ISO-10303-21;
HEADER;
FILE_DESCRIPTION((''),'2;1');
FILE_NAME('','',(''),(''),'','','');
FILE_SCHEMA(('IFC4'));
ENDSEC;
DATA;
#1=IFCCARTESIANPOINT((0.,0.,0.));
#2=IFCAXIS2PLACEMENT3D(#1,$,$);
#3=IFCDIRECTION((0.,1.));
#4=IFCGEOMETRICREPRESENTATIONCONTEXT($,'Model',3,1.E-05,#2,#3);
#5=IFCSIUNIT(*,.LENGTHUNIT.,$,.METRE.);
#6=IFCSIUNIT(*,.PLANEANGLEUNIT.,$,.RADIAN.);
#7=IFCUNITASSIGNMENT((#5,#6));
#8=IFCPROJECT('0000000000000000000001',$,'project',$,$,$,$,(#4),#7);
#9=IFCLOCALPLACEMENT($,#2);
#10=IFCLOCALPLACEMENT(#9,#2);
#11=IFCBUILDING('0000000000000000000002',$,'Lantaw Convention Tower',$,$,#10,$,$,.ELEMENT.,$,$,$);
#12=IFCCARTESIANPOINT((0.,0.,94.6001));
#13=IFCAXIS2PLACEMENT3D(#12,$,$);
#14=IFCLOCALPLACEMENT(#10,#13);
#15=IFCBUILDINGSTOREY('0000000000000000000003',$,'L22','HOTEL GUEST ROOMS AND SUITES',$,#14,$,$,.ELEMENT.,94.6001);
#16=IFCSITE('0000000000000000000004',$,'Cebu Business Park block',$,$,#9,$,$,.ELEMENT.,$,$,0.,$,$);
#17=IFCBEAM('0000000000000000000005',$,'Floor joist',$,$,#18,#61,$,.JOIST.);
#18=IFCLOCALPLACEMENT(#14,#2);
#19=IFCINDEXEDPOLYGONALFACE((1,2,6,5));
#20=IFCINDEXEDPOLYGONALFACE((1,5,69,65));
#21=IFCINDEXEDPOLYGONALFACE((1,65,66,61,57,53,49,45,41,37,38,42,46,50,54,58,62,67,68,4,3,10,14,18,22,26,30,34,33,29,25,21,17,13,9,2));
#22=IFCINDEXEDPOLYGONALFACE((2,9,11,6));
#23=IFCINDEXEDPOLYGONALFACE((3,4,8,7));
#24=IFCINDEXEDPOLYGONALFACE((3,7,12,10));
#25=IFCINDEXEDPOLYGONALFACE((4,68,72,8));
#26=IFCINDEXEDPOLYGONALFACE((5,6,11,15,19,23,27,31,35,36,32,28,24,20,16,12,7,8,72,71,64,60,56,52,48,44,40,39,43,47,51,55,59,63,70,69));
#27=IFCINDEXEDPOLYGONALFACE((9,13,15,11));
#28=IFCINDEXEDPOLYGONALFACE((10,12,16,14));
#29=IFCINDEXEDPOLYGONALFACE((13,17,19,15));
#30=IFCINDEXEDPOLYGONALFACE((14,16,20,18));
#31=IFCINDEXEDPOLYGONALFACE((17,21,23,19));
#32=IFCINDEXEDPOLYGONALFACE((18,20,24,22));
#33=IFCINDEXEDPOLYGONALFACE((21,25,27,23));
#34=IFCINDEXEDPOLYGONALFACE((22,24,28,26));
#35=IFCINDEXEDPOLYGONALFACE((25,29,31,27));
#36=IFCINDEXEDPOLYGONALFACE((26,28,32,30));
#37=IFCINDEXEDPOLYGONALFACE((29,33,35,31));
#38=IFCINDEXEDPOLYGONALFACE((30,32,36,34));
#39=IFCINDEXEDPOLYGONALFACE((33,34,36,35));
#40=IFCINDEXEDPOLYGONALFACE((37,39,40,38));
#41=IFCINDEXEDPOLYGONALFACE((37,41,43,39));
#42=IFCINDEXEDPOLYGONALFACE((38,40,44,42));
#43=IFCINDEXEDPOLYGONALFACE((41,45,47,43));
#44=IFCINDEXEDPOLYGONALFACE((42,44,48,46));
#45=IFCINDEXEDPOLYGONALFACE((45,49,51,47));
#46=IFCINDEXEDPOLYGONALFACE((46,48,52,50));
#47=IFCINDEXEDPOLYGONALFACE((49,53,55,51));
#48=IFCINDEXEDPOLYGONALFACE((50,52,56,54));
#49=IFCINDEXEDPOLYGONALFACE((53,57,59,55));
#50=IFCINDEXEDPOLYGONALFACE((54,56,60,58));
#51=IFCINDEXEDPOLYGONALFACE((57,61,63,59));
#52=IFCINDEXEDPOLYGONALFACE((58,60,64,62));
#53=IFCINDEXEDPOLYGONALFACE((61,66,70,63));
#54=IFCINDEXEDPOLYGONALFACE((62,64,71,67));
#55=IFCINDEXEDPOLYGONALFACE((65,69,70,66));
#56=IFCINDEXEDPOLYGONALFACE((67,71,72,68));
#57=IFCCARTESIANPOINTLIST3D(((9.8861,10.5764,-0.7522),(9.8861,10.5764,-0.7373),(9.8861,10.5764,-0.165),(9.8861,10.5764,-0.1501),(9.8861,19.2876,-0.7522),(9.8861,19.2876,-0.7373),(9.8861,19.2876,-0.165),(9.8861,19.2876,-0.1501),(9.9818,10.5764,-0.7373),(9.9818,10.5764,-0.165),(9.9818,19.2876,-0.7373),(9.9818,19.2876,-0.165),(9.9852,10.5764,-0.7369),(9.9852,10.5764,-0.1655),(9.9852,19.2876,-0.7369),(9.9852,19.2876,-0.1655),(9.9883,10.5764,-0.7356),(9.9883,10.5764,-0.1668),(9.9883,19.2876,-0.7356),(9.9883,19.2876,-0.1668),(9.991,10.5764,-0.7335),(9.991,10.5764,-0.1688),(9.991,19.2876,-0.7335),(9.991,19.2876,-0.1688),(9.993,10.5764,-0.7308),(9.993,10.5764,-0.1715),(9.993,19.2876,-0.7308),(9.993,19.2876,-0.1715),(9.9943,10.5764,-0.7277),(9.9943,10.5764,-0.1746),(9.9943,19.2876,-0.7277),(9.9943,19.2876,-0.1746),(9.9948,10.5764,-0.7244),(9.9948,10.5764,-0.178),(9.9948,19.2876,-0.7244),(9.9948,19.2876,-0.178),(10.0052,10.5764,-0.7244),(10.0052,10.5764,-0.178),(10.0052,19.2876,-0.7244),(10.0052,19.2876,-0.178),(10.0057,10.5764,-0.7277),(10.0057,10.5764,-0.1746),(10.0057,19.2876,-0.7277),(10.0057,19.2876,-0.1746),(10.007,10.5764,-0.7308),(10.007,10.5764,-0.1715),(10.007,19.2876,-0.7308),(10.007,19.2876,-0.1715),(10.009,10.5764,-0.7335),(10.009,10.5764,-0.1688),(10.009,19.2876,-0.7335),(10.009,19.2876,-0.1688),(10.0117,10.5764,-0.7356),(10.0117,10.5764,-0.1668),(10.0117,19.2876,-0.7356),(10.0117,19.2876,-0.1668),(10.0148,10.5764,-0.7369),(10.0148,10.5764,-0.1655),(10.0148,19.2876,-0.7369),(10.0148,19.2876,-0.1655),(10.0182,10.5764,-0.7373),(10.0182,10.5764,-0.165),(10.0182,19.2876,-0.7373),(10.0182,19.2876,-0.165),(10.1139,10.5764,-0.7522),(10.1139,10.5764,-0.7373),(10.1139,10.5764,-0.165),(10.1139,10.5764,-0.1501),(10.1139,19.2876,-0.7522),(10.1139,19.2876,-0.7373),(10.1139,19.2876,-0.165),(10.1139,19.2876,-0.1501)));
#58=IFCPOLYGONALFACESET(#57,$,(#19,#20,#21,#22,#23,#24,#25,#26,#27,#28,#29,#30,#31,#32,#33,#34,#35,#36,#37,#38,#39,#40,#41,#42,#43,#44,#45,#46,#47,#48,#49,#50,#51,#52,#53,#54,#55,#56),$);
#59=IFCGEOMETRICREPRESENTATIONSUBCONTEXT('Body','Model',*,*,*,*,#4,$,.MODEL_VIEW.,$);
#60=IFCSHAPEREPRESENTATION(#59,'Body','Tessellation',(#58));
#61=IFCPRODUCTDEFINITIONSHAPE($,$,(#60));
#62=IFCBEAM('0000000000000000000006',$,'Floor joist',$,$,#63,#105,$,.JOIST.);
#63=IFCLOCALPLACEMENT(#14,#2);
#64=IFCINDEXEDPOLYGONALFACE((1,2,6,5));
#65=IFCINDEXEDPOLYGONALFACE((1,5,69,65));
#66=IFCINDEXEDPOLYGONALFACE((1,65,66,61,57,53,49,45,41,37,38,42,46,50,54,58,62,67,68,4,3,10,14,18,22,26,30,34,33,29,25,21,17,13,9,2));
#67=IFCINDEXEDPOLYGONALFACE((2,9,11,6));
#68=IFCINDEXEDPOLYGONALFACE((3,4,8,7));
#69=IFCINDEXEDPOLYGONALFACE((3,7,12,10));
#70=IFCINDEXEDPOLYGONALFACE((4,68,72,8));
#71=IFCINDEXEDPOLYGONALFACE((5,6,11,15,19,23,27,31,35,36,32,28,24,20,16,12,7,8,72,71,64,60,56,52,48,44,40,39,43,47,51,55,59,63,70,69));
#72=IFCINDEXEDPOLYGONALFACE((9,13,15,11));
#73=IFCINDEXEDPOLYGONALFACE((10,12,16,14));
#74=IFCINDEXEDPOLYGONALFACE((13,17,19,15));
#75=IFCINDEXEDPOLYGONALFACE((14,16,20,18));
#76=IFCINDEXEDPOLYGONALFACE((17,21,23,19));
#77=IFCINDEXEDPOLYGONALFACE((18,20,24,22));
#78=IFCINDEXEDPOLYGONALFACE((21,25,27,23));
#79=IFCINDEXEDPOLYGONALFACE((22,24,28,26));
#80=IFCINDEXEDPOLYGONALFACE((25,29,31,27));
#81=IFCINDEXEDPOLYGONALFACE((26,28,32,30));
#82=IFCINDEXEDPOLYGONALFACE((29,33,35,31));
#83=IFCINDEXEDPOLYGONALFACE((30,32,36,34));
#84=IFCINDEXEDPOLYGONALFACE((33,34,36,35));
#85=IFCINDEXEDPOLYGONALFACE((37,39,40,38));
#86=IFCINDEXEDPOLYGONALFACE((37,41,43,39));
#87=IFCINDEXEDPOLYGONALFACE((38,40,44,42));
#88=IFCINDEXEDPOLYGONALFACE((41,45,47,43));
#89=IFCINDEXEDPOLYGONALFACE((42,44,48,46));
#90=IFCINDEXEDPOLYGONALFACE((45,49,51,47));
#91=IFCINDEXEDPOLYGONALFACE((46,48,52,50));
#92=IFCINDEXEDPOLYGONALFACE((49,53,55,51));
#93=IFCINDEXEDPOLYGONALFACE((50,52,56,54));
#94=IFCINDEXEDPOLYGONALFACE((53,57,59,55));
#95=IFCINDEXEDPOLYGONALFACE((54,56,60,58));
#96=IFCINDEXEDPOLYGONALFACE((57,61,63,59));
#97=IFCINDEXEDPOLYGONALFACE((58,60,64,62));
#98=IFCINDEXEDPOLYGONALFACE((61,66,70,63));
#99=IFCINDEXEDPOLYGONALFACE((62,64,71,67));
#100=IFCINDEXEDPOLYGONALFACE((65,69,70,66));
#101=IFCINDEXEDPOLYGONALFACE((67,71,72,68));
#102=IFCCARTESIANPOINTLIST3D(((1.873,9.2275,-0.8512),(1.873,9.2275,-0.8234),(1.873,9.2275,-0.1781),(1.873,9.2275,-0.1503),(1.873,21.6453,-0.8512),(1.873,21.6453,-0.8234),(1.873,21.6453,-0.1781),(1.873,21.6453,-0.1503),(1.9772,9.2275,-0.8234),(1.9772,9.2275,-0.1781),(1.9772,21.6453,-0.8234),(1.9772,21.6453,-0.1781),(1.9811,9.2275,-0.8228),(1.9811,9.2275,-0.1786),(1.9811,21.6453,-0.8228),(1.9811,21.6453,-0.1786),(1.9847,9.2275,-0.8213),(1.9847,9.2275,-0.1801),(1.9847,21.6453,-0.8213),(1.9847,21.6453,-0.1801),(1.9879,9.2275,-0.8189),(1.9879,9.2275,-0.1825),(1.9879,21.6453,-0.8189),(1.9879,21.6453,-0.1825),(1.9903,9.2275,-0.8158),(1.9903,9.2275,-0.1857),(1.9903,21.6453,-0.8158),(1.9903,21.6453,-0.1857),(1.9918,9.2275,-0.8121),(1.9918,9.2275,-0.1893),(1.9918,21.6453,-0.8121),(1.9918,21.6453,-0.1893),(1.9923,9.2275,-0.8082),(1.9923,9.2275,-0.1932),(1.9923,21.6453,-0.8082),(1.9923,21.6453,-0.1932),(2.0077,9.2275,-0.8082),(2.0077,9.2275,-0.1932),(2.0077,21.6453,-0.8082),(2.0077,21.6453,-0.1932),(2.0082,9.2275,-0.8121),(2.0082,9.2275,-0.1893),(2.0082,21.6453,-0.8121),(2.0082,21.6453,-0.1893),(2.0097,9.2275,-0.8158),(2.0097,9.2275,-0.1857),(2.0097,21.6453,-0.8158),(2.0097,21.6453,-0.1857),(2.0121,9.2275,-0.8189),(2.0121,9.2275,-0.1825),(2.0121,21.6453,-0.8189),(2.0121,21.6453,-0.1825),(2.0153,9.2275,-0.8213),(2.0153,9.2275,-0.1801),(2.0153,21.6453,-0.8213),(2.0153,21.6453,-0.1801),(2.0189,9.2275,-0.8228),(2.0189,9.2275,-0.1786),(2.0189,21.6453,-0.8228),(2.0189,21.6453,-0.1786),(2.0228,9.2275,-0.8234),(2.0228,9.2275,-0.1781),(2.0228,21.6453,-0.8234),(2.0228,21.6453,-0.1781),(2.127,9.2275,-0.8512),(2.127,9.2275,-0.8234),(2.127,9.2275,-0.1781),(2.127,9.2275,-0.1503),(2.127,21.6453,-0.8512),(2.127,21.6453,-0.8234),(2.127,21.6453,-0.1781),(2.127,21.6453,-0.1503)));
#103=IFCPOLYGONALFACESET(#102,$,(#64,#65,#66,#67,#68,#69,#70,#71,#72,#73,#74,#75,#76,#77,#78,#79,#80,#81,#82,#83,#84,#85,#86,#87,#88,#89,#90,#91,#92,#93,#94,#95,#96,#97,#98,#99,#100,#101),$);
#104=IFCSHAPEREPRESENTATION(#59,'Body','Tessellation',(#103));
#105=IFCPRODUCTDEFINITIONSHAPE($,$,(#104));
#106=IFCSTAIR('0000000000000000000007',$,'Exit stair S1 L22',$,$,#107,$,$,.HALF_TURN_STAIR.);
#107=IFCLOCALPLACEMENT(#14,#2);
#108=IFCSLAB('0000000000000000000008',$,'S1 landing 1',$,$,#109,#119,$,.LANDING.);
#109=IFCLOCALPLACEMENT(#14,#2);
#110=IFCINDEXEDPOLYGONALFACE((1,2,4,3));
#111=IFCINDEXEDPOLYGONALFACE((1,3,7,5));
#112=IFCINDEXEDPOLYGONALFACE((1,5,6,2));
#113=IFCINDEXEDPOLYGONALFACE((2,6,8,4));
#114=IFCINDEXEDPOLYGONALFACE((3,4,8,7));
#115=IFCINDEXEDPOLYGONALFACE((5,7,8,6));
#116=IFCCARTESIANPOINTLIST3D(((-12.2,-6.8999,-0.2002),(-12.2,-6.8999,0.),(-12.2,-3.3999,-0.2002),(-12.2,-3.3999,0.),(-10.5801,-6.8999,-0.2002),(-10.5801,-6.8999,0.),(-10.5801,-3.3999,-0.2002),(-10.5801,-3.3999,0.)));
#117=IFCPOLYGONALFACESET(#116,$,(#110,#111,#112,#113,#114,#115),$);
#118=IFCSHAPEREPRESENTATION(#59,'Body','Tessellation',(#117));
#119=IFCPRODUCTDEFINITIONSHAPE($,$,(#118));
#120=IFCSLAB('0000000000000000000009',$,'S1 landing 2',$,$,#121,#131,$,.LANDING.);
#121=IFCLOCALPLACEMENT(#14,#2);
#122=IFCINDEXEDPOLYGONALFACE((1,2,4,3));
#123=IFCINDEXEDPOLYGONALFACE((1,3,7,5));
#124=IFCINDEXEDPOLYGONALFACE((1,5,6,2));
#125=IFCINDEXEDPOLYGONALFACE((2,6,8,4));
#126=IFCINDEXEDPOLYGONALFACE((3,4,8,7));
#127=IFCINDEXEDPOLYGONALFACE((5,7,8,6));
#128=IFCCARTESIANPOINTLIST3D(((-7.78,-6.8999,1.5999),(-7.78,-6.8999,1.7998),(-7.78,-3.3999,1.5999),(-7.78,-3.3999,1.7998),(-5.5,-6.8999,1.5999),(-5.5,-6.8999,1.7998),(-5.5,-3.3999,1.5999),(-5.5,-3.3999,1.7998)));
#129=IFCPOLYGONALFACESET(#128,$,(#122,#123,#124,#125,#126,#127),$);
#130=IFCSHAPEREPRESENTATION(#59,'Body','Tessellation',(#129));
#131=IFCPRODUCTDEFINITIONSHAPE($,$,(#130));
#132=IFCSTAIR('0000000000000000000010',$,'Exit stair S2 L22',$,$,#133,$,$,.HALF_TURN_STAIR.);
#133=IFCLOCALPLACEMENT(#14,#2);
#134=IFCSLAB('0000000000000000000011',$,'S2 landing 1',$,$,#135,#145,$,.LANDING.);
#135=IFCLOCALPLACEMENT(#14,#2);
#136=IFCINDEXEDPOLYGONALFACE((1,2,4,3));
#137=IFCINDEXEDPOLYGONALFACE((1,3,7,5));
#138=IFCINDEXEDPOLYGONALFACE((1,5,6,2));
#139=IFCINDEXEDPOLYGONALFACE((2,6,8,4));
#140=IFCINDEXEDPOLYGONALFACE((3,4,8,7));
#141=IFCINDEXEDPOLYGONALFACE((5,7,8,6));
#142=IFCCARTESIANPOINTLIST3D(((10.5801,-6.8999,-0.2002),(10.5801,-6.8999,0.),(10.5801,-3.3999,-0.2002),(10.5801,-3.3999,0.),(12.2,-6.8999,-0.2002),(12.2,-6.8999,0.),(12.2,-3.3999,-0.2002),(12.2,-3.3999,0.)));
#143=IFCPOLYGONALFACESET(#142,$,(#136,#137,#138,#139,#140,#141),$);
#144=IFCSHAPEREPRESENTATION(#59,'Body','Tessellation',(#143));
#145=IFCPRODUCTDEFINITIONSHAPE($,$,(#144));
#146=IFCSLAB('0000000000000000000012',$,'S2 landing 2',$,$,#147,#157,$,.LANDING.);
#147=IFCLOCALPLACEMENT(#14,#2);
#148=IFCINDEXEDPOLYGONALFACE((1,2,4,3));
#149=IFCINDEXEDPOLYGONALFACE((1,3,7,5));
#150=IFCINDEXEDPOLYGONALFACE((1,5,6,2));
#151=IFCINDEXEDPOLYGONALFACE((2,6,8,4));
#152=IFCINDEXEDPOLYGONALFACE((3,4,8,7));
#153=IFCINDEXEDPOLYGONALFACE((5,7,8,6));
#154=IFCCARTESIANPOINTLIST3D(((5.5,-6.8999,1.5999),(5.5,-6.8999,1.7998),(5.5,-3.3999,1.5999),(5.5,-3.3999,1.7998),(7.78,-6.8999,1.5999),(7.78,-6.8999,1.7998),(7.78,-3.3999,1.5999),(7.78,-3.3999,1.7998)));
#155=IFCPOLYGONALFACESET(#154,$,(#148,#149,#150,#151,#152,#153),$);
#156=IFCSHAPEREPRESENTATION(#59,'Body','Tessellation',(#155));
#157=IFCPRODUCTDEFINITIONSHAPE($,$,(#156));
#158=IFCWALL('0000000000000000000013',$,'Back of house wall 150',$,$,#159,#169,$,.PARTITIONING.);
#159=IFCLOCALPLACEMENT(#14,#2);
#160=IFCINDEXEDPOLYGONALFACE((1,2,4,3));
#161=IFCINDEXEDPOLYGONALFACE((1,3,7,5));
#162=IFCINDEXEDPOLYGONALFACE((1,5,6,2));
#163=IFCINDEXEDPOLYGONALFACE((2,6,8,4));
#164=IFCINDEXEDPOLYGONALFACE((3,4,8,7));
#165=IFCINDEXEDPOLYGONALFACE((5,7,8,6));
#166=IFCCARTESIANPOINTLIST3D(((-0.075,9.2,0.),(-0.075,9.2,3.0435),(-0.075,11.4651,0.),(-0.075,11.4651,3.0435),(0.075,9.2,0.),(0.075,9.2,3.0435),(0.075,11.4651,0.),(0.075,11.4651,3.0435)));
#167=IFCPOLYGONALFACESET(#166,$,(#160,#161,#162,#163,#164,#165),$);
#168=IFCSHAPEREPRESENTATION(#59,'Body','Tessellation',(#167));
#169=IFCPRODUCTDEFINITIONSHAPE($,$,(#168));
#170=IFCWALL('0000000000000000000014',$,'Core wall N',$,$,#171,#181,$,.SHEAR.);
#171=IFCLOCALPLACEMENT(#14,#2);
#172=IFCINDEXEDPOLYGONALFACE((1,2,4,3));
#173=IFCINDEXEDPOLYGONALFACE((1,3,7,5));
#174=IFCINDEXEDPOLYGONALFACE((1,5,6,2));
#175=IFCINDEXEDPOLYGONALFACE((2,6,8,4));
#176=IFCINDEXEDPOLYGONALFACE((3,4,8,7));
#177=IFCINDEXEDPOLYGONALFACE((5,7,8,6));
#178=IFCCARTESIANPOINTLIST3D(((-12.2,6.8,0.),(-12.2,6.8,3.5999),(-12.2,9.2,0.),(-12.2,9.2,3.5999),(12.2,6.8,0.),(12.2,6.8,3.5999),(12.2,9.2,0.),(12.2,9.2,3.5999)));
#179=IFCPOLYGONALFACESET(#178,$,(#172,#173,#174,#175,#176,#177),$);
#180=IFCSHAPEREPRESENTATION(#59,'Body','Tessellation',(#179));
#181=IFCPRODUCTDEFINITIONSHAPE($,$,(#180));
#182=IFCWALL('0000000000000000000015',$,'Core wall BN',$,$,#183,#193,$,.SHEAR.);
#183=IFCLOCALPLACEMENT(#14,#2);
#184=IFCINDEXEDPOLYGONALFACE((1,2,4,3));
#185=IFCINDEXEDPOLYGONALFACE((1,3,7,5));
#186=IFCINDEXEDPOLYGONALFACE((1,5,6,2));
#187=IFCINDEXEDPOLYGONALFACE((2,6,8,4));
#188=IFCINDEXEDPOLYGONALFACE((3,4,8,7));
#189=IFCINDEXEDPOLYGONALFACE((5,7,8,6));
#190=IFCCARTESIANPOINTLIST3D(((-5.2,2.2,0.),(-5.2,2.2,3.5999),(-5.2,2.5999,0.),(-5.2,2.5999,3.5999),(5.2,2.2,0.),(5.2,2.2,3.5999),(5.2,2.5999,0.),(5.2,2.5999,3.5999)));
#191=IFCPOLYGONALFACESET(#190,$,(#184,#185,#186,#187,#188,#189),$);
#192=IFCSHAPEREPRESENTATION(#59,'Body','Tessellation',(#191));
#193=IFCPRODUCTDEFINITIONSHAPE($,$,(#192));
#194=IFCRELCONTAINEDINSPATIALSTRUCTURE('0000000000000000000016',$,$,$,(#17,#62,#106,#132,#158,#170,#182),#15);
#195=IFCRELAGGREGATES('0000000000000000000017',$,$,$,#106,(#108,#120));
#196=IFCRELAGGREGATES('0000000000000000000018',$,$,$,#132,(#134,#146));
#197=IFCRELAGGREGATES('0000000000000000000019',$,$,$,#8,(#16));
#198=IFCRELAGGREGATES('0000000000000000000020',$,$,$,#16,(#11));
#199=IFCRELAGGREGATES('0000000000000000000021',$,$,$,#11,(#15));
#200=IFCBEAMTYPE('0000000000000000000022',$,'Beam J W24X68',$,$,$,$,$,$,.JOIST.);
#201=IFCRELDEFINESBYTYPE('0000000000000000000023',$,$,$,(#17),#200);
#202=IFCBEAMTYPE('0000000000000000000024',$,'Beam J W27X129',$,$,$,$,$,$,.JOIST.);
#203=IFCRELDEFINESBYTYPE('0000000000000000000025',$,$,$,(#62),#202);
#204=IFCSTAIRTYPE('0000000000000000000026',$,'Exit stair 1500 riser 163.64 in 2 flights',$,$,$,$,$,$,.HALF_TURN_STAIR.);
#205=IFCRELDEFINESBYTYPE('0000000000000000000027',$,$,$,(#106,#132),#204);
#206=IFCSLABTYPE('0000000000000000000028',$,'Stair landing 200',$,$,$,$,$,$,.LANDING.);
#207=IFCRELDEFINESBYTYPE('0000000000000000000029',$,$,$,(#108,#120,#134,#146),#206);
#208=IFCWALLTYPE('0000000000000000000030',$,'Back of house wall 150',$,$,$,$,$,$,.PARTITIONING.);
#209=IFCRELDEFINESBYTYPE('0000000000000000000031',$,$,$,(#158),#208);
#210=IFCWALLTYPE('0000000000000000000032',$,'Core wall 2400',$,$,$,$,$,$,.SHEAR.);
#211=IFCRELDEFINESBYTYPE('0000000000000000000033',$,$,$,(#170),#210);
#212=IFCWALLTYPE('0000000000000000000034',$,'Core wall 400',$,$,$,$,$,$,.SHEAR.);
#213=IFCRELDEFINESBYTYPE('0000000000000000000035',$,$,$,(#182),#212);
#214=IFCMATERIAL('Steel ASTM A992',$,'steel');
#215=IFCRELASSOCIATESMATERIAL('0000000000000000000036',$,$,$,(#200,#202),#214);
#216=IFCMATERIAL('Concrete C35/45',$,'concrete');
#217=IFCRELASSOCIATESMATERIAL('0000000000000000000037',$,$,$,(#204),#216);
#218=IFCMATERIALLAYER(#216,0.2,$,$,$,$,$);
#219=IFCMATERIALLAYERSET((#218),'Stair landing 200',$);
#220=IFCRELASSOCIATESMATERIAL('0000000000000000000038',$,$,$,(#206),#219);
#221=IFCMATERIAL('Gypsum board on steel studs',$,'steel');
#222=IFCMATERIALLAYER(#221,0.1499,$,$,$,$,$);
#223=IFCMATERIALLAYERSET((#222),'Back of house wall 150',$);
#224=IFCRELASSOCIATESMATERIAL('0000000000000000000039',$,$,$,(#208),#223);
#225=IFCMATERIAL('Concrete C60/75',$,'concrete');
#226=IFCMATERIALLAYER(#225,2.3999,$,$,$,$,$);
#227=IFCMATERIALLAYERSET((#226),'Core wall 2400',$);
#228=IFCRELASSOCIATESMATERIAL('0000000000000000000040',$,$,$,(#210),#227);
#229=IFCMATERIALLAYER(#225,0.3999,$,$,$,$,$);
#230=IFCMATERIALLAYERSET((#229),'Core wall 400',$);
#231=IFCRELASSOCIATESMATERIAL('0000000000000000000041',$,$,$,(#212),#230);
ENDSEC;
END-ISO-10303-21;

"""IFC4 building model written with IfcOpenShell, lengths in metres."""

from ifc_helpers import new_model, si_unit, direction, frame, frame_2d, origin, origin_2d, place, context, subcontext, project, spatial, polyline, rectangle, i_section, outline, extrude, material, layer, layer_set, material_profile, profile_set, type_object, element, aggregate, save


model = new_model("IFC4")

# Units and contexts
model_context = context("Model", 3, precision=1e-05, world=origin(), true_north=direction((0.0, 1.0)))
body_context = subcontext(model_context, "Body", "Model", "MODEL_VIEW")
ifc_project = project(units=[si_unit("LENGTHUNIT", "METRE"), si_unit("PLANEANGLEUNIT", "RADIAN")], contexts=[model_context])

# Site, building, storey
site_placement = place(None, origin())
site = spatial("IfcSite", under=ifc_project, at=site_placement, Name="Cebu Business Park block", CompositionType="ELEMENT", RefElevation=0.0)
building_placement = place(site_placement, origin())
building = spatial("IfcBuilding", under=site, at=building_placement, Name="Lantaw Convention Tower", CompositionType="ELEMENT")
storey_placement = place(building_placement, frame((0.0, 0.0, 94.6001)))
storey = spatial("IfcBuildingStorey", under=building, at=storey_placement, Name="L22", Description="HOTEL GUEST ROOMS AND SUITES", CompositionType="ELEMENT", Elevation=94.6001)

# Beams
ifc_material_1 = material(Name="Steel ASTM A992", Category="steel")
ifc_material_profile_1 = material_profile(ifc_material_1, i_section(OverallWidth=0.2278, OverallDepth=0.6021, WebThickness=0.0105, FlangeThickness=0.0149, FilletRadius=0.0129, at=origin_2d()), Name="W24X68")
ifc_profile_set_1 = profile_set([ifc_material_profile_1], Name="Steel ASTM A992")
beam_type_1 = type_object("IfcBeamType", Name="Beam J W24X68", PredefinedType="JOIST", material=ifc_profile_set_1)
beam_1_placement = place(storey_placement, frame((10.0, 10.5764, -0.4512), z_axis=(0.0, 1.0, 0.0), x_axis=(-1.0, 0.0, 0.0)))
element("IfcBeam", 1, at=beam_1_placement, inside=storey, type_object=beam_type_1, Name="Floor joist", PredefinedType="JOIST", context=body_context, shape_type="SweptSolid", body=[
    extrude(i_section(OverallWidth=0.2278, OverallDepth=0.6021, WebThickness=0.0105, FlangeThickness=0.0149, FilletRadius=0.0129, at=origin_2d()), origin(), (0.0, 0.0, 1.0), 8.7112),
])
ifc_material_profile_2 = material_profile(ifc_material_1, i_section(OverallWidth=0.2539, OverallDepth=0.7009, WebThickness=0.0154, FlangeThickness=0.0278, FilletRadius=0.0151, at=origin_2d()), Name="W27X129")
ifc_profile_set_2 = profile_set([ifc_material_profile_2], Name="Steel ASTM A992")
beam_type_2 = type_object("IfcBeamType", Name="Beam J W27X129", PredefinedType="JOIST", material=ifc_profile_set_2)
beam_2_placement = place(storey_placement, frame((2.0, 9.2275, -0.5007), z_axis=(0.0, 1.0, 0.0), x_axis=(-1.0, 0.0, 0.0)))
element("IfcBeam", 2, at=beam_2_placement, inside=storey, type_object=beam_type_2, Name="Floor joist", PredefinedType="JOIST", context=body_context, shape_type="SweptSolid", body=[
    extrude(i_section(OverallWidth=0.2539, OverallDepth=0.7009, WebThickness=0.0154, FlangeThickness=0.0278, FilletRadius=0.0151, at=origin_2d()), origin(), (0.0, 0.0, 1.0), 12.4177),
])

# Stairs, slabs
ifc_material_2 = material(Name="Concrete C35/45", Category="concrete")
stair_type = type_object("IfcStairType", Name="Exit stair 1500 riser 163.64 in 2 flights", PredefinedType="HALF_TURN_STAIR", material=ifc_material_2)
stair_1_placement = place(storey_placement, origin())
stair_1 = element("IfcStair", 3, at=stair_1_placement, inside=storey, type_object=stair_type, Name="Exit stair S1 L22", PredefinedType="HALF_TURN_STAIR")
ifc_layer_1 = layer(ifc_material_2, 0.2)
ifc_layer_set_1 = layer_set([ifc_layer_1], Name="Stair landing 200")
slab_type = type_object("IfcSlabType", Name="Stair landing 200", PredefinedType="LANDING", material=ifc_layer_set_1)
slab_1_placement = place(storey_placement, frame((0.0, 0.0, -0.2002)))
slab_1 = element("IfcSlab", 4, at=slab_1_placement, type_object=slab_type, Name="S1 landing 1", PredefinedType="LANDING", context=body_context, shape_type="SweptSolid", body=[
    extrude(outline(polyline([(-12.2, -6.8999), (-10.5801, -6.8999), (-10.5801, -3.3999), (-12.2, -3.3999), (-12.2, -6.8999)])), origin(), (0.0, 0.0, 1.0), 0.2002),
])
slab_2_placement = place(storey_placement, frame((0.0, 0.0, 1.5999)))
slab_2 = element("IfcSlab", 5, at=slab_2_placement, type_object=slab_type, Name="S1 landing 2", PredefinedType="LANDING", context=body_context, shape_type="SweptSolid", body=[
    extrude(outline(polyline([(-7.78, -6.8999), (-5.5, -6.8999), (-5.5, -3.3999), (-7.78, -3.3999), (-7.78, -6.8999)])), origin(), (0.0, 0.0, 1.0), 0.2),
])
aggregate(stair_1, [slab_1, slab_2])
stair_2_placement = place(storey_placement, origin())
stair_2 = element("IfcStair", 6, at=stair_2_placement, inside=storey, type_object=stair_type, Name="Exit stair S2 L22", PredefinedType="HALF_TURN_STAIR")
slab_3_placement = place(storey_placement, frame((0.0, 0.0, -0.2002)))
slab_3 = element("IfcSlab", 7, at=slab_3_placement, type_object=slab_type, Name="S2 landing 1", PredefinedType="LANDING", context=body_context, shape_type="SweptSolid", body=[
    extrude(outline(polyline([(10.5801, -6.8999), (12.2, -6.8999), (12.2, -3.3999), (10.5801, -3.3999), (10.5801, -6.8999)])), origin(), (0.0, 0.0, 1.0), 0.2002),
])
slab_4_placement = place(storey_placement, frame((0.0, 0.0, 1.5999)))
slab_4 = element("IfcSlab", 8, at=slab_4_placement, type_object=slab_type, Name="S2 landing 2", PredefinedType="LANDING", context=body_context, shape_type="SweptSolid", body=[
    extrude(outline(polyline([(5.5, -6.8999), (7.78, -6.8999), (7.78, -3.3999), (5.5, -3.3999), (5.5, -6.8999)])), origin(), (0.0, 0.0, 1.0), 0.2),
])
aggregate(stair_2, [slab_3, slab_4])

# Walls
ifc_material_3 = material(Name="Gypsum board on steel studs", Category="steel")
ifc_layer_2 = layer(ifc_material_3, 0.1499)
ifc_layer_set_2 = layer_set([ifc_layer_2], Name="Back of house wall 150")
wall_type_1 = type_object("IfcWallType", Name="Back of house wall 150", PredefinedType="PARTITIONING", material=ifc_layer_set_2)
wall_1_placement = place(storey_placement, frame((0.0, 9.2, 0.0), z_axis=(0.0, 0.0, 1.0), x_axis=(0.0, 1.0, 0.0)))
element("IfcWall", 9, at=wall_1_placement, inside=storey, type_object=wall_type_1, Name="Back of house wall 150", PredefinedType="PARTITIONING", context=body_context, shape_type="SweptSolid", body=[
    extrude(rectangle(XDim=2.2651, YDim=0.1499, at=frame_2d((1.1326, 0.0))), origin(), (0.0, 0.0, 1.0), 3.0435),
])
ifc_material_4 = material(Name="Concrete C60/75", Category="concrete")
ifc_layer_3 = layer(ifc_material_4, 2.3999)
ifc_layer_set_3 = layer_set([ifc_layer_3], Name="Core wall 2400")
wall_type_2 = type_object("IfcWallType", Name="Core wall 2400", PredefinedType="SHEAR", material=ifc_layer_set_3)
wall_2_placement = place(storey_placement, frame((12.2, 8.0, 0.0), z_axis=(0.0, 0.0, 1.0), x_axis=(-1.0, 0.0, 0.0)))
element("IfcWall", 10, at=wall_2_placement, inside=storey, type_object=wall_type_2, Name="Core wall N", PredefinedType="SHEAR", context=body_context, shape_type="SweptSolid", body=[
    extrude(rectangle(XDim=24.3999, YDim=2.3999, at=frame_2d((12.2, 0.0))), origin(), (0.0, 0.0, 1.0), 3.5999),
])
ifc_layer_4 = layer(ifc_material_4, 0.3999)
ifc_layer_set_4 = layer_set([ifc_layer_4], Name="Core wall 400")
wall_type_3 = type_object("IfcWallType", Name="Core wall 400", PredefinedType="SHEAR", material=ifc_layer_set_4)
wall_3_placement = place(storey_placement, frame((5.2, 2.3999, 0.0), z_axis=(0.0, 0.0, 1.0), x_axis=(-1.0, 0.0, 0.0)))
element("IfcWall", 11, at=wall_3_placement, inside=storey, type_object=wall_type_3, Name="Core wall BN", PredefinedType="SHEAR", context=body_context, shape_type="SweptSolid", body=[
    extrude(rectangle(XDim=10.3999, YDim=0.3999, at=frame_2d((5.2, 0.0))), origin(), (0.0, 0.0, 1.0), 3.5999),
])

save(model, "model.ifc")
